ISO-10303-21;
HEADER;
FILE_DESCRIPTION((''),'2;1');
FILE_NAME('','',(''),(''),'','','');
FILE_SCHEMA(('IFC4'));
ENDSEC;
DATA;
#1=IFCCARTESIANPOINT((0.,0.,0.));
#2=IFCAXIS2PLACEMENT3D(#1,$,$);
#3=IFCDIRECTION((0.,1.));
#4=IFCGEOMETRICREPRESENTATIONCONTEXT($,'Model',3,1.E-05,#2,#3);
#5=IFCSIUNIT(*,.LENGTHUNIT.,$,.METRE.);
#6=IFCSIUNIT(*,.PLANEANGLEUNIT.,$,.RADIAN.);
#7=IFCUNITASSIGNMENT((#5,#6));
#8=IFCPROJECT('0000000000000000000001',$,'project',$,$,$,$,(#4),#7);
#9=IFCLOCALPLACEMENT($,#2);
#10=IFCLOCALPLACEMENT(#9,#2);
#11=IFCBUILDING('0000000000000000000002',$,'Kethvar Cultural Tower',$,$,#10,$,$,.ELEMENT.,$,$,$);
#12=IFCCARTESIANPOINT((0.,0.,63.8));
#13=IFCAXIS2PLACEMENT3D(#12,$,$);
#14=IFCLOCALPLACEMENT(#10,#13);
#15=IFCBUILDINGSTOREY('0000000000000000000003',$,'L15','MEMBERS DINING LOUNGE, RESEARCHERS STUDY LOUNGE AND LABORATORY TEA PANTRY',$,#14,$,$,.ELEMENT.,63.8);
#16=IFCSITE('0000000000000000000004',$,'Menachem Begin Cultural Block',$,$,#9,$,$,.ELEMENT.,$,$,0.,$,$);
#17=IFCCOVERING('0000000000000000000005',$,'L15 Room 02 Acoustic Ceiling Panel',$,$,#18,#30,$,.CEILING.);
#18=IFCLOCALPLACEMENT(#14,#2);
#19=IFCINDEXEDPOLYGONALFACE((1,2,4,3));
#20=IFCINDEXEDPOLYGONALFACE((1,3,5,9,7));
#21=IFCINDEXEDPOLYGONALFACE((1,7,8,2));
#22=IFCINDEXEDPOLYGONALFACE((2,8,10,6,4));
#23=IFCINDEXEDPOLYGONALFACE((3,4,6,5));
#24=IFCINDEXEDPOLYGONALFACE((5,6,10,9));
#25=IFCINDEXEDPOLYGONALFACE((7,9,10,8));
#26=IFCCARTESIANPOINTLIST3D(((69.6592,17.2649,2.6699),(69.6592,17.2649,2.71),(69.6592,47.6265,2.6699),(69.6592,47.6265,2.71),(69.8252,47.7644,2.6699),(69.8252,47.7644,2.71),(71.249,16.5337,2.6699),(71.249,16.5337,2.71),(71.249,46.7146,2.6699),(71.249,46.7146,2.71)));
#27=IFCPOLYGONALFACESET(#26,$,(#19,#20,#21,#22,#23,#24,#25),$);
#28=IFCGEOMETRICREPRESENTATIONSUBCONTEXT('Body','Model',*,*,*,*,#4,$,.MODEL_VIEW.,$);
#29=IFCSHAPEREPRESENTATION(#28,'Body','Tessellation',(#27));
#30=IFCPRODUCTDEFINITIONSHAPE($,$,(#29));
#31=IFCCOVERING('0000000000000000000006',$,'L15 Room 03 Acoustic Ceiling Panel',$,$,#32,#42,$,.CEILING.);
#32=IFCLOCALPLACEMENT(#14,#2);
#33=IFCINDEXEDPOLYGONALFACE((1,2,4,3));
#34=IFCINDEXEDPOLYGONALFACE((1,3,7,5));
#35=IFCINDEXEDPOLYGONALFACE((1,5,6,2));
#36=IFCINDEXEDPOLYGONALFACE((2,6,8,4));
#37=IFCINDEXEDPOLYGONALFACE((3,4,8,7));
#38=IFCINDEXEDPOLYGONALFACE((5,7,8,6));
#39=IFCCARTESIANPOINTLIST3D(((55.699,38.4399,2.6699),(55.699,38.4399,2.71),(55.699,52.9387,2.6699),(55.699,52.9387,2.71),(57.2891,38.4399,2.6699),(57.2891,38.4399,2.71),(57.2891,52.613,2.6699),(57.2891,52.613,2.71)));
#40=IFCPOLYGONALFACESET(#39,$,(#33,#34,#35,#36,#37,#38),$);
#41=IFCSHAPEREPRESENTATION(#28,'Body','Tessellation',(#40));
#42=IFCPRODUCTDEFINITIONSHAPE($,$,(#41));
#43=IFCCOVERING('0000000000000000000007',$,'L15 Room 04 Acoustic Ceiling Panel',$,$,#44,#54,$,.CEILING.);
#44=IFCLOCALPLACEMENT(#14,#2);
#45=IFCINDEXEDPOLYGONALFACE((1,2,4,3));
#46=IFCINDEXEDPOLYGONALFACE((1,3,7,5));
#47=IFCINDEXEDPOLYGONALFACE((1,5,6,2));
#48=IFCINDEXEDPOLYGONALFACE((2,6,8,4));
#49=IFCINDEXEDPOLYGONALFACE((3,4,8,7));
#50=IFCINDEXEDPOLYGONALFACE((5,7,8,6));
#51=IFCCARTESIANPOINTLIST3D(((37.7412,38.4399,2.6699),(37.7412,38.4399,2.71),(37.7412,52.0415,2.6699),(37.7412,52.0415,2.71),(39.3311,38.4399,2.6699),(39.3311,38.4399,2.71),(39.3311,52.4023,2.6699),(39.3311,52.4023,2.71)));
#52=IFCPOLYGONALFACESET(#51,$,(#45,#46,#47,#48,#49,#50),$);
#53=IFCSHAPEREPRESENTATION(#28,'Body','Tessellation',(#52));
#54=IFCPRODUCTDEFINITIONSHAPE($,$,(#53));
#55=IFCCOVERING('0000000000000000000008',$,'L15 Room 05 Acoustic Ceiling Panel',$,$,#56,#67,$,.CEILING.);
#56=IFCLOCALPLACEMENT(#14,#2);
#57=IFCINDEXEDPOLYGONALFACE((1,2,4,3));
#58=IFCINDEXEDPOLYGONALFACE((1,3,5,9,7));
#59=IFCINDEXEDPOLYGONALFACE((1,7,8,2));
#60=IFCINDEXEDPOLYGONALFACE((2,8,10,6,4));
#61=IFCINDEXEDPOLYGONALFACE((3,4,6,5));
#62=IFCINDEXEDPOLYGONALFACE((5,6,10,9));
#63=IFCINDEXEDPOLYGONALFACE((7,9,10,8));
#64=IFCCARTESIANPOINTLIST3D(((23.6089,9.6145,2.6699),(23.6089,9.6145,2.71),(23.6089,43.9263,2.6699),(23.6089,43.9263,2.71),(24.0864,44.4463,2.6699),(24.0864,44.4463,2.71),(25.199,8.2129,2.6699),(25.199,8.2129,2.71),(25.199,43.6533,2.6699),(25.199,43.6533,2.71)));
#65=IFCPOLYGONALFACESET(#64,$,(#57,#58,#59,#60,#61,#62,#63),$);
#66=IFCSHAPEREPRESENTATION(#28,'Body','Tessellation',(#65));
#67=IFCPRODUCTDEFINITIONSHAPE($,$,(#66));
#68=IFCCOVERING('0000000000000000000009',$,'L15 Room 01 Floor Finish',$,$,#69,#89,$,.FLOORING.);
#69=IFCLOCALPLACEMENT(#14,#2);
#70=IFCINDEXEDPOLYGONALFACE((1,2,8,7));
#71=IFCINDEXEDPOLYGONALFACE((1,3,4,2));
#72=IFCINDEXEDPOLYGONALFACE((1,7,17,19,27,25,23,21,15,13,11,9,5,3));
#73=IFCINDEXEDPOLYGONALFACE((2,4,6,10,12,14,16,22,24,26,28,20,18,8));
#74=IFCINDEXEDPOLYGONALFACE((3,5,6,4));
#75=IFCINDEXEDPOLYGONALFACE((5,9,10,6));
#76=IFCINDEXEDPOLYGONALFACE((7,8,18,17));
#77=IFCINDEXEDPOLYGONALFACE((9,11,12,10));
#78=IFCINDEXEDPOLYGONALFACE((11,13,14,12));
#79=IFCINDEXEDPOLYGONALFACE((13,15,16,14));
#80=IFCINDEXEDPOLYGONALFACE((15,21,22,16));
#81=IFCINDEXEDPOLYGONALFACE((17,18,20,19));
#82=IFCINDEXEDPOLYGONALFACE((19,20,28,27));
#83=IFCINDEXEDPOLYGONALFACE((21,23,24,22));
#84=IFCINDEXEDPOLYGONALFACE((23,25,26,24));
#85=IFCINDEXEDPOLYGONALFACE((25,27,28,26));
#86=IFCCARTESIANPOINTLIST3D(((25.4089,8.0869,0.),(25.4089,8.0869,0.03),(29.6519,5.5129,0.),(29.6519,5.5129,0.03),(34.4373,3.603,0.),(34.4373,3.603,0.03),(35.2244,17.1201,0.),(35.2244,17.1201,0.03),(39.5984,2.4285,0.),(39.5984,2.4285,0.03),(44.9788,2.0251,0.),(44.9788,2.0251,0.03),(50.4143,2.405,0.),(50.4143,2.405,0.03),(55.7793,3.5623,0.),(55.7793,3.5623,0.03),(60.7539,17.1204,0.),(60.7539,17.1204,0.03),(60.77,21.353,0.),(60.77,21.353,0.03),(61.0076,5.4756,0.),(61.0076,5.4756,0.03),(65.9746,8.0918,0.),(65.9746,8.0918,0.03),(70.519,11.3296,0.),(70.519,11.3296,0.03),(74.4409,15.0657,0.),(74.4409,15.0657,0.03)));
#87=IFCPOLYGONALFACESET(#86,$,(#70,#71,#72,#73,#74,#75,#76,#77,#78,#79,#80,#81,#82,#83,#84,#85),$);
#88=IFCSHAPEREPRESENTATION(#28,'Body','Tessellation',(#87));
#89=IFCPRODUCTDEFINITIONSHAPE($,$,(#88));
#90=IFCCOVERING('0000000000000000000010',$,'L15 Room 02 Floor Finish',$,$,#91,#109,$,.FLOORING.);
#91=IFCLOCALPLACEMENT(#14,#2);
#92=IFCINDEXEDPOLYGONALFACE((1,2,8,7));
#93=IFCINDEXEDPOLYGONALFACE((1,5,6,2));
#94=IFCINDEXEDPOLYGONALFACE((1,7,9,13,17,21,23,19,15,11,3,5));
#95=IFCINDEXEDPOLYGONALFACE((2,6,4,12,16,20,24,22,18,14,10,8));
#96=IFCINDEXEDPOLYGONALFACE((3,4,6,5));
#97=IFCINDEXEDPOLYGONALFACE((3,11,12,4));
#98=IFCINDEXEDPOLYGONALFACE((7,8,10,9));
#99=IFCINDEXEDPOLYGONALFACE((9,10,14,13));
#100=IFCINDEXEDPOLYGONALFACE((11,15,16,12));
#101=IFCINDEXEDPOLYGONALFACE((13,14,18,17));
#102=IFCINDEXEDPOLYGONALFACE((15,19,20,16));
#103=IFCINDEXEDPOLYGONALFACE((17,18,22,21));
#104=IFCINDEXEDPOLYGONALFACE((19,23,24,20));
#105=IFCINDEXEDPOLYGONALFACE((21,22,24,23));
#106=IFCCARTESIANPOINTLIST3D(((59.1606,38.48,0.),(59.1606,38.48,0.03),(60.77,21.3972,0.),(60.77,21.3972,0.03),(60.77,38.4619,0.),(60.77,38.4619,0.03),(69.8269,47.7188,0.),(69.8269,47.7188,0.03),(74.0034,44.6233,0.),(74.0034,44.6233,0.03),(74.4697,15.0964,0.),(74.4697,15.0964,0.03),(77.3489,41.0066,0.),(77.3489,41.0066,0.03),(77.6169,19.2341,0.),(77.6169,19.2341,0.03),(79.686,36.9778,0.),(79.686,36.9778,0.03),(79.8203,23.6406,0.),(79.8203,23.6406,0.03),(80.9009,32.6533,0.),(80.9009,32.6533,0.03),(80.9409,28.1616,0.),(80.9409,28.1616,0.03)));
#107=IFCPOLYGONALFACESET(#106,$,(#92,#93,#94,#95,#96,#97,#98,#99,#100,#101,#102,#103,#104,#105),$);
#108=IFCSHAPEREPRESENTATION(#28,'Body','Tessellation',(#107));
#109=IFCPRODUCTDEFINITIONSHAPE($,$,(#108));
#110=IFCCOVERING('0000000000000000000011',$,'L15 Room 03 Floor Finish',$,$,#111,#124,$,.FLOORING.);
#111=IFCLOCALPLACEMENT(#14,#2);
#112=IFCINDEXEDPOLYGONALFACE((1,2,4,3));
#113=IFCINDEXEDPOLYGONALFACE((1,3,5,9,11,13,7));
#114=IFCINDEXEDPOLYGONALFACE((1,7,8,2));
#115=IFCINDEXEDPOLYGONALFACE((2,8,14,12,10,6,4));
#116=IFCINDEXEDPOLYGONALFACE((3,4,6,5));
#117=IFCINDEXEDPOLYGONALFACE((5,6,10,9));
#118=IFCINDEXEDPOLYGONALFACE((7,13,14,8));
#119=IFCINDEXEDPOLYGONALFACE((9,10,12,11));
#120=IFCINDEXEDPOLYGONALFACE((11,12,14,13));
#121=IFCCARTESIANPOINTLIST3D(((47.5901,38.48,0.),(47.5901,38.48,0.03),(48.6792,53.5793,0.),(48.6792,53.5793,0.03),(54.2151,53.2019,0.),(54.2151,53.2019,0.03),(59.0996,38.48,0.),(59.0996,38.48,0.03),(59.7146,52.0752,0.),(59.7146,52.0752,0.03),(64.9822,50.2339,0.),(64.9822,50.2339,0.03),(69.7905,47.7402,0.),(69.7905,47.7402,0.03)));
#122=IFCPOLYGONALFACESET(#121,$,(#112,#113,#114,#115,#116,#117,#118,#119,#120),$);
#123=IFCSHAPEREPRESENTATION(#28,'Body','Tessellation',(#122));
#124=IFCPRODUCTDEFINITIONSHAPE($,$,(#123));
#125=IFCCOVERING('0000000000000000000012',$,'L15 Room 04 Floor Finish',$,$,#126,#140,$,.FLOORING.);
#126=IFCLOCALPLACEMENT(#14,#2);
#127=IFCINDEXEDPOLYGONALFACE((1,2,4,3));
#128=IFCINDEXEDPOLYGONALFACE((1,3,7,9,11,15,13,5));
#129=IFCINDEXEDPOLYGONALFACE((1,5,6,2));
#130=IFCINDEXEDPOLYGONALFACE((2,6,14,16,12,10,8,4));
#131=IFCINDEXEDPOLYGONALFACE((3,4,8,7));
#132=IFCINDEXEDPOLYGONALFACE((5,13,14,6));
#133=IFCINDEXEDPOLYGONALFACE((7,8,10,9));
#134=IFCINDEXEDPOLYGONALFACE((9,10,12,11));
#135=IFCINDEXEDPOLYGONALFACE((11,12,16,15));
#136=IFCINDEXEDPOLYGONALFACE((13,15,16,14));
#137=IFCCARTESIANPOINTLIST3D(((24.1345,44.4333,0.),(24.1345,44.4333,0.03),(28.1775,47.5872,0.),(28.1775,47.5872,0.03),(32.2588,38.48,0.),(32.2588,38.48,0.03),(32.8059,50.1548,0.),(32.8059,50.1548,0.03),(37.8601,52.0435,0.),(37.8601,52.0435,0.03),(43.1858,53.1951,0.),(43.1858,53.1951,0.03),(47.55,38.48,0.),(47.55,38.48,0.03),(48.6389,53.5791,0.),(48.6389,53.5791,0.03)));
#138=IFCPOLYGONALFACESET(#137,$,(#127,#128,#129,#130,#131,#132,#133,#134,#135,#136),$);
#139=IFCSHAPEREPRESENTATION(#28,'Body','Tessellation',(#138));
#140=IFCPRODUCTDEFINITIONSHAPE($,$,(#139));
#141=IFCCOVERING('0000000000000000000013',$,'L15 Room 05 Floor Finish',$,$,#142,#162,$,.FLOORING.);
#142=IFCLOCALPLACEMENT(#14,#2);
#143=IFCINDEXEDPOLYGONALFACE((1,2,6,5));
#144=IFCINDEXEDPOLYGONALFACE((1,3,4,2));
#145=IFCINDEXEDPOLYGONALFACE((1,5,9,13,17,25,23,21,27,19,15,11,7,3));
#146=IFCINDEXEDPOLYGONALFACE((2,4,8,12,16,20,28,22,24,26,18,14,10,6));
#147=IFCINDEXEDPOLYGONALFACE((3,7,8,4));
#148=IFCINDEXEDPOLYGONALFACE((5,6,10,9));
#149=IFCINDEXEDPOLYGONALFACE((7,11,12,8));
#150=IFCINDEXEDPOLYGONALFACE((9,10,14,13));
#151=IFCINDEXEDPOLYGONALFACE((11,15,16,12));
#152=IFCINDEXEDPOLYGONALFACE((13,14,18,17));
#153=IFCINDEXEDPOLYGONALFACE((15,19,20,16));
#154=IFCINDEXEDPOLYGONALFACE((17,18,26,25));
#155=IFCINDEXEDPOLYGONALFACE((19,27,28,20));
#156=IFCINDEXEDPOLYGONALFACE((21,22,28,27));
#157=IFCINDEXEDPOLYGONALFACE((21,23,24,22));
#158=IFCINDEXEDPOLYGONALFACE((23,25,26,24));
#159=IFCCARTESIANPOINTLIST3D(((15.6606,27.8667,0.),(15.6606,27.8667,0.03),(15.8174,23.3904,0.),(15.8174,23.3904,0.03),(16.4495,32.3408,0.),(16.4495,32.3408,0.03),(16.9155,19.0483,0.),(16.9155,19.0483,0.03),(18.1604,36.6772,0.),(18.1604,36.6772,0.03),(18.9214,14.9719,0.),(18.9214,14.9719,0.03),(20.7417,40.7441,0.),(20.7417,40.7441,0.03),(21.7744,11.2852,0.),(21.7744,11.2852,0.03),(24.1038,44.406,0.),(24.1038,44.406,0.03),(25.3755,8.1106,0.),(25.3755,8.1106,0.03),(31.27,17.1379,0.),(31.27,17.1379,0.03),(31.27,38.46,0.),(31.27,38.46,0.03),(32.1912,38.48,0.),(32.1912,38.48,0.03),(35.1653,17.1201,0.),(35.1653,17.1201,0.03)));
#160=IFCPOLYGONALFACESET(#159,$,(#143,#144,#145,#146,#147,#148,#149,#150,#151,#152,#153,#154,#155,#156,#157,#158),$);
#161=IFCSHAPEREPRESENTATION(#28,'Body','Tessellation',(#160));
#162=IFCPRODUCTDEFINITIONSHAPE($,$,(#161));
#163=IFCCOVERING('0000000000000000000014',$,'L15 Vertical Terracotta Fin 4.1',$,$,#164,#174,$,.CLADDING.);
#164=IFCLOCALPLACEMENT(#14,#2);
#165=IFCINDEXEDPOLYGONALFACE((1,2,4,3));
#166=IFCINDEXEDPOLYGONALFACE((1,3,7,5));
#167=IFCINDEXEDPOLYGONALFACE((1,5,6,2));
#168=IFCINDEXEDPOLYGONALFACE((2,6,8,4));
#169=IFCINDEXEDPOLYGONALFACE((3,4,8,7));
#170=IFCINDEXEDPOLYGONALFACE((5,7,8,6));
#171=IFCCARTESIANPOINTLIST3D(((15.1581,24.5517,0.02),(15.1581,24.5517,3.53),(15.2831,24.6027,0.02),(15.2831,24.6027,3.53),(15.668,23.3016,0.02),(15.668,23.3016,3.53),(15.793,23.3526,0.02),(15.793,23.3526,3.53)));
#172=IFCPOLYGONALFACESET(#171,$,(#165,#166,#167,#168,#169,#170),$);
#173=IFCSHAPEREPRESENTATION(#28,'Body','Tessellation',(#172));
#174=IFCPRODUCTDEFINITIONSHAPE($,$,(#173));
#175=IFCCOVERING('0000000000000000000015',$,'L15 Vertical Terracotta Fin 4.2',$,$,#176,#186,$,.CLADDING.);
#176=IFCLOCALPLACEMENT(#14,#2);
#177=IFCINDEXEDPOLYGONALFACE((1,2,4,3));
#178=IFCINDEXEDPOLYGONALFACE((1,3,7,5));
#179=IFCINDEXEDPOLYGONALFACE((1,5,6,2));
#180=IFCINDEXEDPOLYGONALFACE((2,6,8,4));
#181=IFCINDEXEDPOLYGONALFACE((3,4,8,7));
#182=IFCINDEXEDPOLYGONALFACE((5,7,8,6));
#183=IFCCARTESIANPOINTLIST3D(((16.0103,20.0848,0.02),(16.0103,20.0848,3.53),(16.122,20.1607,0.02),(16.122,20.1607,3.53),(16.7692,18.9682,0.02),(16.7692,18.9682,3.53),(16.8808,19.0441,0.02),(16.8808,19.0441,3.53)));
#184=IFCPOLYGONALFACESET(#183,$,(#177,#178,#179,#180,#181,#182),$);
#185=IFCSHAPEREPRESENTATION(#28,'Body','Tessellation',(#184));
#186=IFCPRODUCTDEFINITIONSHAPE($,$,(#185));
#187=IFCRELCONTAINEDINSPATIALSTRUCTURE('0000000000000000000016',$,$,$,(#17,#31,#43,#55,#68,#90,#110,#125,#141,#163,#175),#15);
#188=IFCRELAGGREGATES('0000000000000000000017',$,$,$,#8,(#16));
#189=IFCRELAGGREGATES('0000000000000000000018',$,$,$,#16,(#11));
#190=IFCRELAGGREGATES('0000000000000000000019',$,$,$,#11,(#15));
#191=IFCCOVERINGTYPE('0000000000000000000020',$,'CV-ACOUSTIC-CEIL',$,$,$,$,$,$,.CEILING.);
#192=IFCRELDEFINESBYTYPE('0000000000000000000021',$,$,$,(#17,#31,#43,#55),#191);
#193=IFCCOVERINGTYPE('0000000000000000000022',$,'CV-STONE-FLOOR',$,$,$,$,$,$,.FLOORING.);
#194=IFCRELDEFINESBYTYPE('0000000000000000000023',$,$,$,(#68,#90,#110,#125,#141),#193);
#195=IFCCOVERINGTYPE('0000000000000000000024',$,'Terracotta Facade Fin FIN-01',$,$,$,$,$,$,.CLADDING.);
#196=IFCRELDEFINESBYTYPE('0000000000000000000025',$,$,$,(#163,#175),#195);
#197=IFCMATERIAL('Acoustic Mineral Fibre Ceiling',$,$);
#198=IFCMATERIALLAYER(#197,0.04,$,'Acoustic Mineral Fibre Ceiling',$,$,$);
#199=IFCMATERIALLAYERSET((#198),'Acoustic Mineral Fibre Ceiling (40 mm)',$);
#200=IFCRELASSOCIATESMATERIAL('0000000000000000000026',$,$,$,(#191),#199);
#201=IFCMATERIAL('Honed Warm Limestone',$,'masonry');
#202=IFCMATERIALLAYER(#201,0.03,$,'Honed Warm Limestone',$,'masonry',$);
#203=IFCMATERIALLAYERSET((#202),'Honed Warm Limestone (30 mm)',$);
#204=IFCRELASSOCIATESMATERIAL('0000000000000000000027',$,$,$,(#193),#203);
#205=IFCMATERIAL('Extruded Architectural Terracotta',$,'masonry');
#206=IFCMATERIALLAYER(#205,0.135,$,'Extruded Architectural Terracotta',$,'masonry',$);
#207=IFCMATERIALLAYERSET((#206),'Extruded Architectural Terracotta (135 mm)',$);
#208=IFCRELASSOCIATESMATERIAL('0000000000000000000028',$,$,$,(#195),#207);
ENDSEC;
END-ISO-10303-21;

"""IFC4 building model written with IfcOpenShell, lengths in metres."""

from ifc_helpers import new_model, si_unit, direction, frame, origin, origin_2d, place, context, subcontext, project, spatial, polyline, rectangle, outline, extrude, source, transform, mapped, material, layer, layer_set, type_object, element, save


model = new_model("IFC4")

# Units and contexts
model_context = context("Model", 3, precision=1e-05, world=origin(), true_north=direction((0.0, 1.0)))
body_context = subcontext(model_context, "Body", "Model", "MODEL_VIEW")
ifc_project = project(units=[si_unit("LENGTHUNIT", "METRE"), si_unit("PLANEANGLEUNIT", "RADIAN")], contexts=[model_context])

# Site, building, storey
site_placement = place(None, origin())
site = spatial("IfcSite", under=ifc_project, at=site_placement, Name="Menachem Begin Cultural Block", CompositionType="ELEMENT", RefElevation=0.0)
building_placement = place(site_placement, origin())
building = spatial("IfcBuilding", under=site, at=building_placement, Name="Kethvar Cultural Tower", CompositionType="ELEMENT")
storey_placement = place(building_placement, frame((0.0, 0.0, 63.8)))
storey = spatial("IfcBuildingStorey", under=building, at=storey_placement, Name="L15", Description="MEMBERS DINING LOUNGE, RESEARCHERS STUDY LOUNGE AND LABORATORY TEA PANTRY", CompositionType="ELEMENT", Elevation=63.8)

# Coverings
ifc_material_1 = material(Name="Acoustic Mineral Fibre Ceiling")
ifc_layer_1 = layer(ifc_material_1, 0.04, Name="Acoustic Mineral Fibre Ceiling")
ifc_layer_set_1 = layer_set([ifc_layer_1], Name="Acoustic Mineral Fibre Ceiling (40 mm)")
covering_type_1 = type_object("IfcCoveringType", Name="CV-ACOUSTIC-CEIL", PredefinedType="CEILING", material=ifc_layer_set_1)
covering_1_placement = place(storey_placement, frame((0.0, 0.0, 2.6699)))
element("IfcCovering", 1, at=covering_1_placement, inside=storey, type_object=covering_type_1, Name="L15 Room 02 Acoustic Ceiling Panel", PredefinedType="CEILING", context=body_context, shape_type="SweptSolid", body=[
    extrude(outline(polyline([(69.6592, 17.2649), (69.6592, 47.6265), (69.8252, 47.7644), (71.249, 46.7146), (71.249, 16.5337), (69.6592, 17.2649)])), origin(), (0.0, 0.0, 1.0), 0.04),
])
covering_2_placement = place(storey_placement, frame((0.0, 0.0, 2.6699)))
element("IfcCovering", 2, at=covering_2_placement, inside=storey, type_object=covering_type_1, Name="L15 Room 03 Acoustic Ceiling Panel", PredefinedType="CEILING", context=body_context, shape_type="SweptSolid", body=[
    extrude(outline(polyline([(57.2891, 52.613), (57.2891, 38.4399), (55.699, 38.4399), (55.699, 52.9387), (57.2891, 52.613)])), origin(), (0.0, 0.0, 1.0), 0.04),
])
covering_3_placement = place(storey_placement, frame((0.0, 0.0, 2.6699)))
element("IfcCovering", 3, at=covering_3_placement, inside=storey, type_object=covering_type_1, Name="L15 Room 04 Acoustic Ceiling Panel", PredefinedType="CEILING", context=body_context, shape_type="SweptSolid", body=[
    extrude(outline(polyline([(37.7412, 52.0415), (39.3311, 52.4023), (39.3311, 38.4399), (37.7412, 38.4399), (37.7412, 52.0415)])), origin(), (0.0, 0.0, 1.0), 0.04),
])
covering_4_placement = place(storey_placement, frame((0.0, 0.0, 2.6699)))
element("IfcCovering", 4, at=covering_4_placement, inside=storey, type_object=covering_type_1, Name="L15 Room 05 Acoustic Ceiling Panel", PredefinedType="CEILING", context=body_context, shape_type="SweptSolid", body=[
    extrude(outline(polyline([(24.0864, 44.4463), (25.199, 43.6533), (25.199, 8.2129), (23.6089, 9.6145), (23.6089, 43.9263), (24.0864, 44.4463)])), origin(), (0.0, 0.0, 1.0), 0.04),
])
ifc_material_2 = material(Name="Honed Warm Limestone", Category="masonry")
ifc_layer_2 = layer(ifc_material_2, 0.03, Name="Honed Warm Limestone", Category="masonry")
ifc_layer_set_2 = layer_set([ifc_layer_2], Name="Honed Warm Limestone (30 mm)")
covering_type_2 = type_object("IfcCoveringType", Name="CV-STONE-FLOOR", PredefinedType="FLOORING", material=ifc_layer_set_2)
covering_5_placement = place(storey_placement, origin())
element("IfcCovering", 5, at=covering_5_placement, inside=storey, type_object=covering_type_2, Name="L15 Room 01 Floor Finish", PredefinedType="FLOORING", context=body_context, shape_type="SweptSolid", body=[
    extrude(outline(polyline([(74.4409, 15.0657), (70.519, 11.3296), (65.9746, 8.0918), (61.0076, 5.4756), (55.7793, 3.5623), (50.4143, 2.405), (44.9788, 2.0251), (39.5984, 2.4285), (34.4373, 3.603), (29.6519, 5.5129), (25.4089, 8.0869), (35.2244, 17.1201), (60.7539, 17.1204), (60.77, 21.353), (74.4409, 15.0657)])), origin(), (0.0, 0.0, 1.0), 0.03),
])
covering_6_placement = place(storey_placement, origin())
element("IfcCovering", 6, at=covering_6_placement, inside=storey, type_object=covering_type_2, Name="L15 Room 02 Floor Finish", PredefinedType="FLOORING", context=body_context, shape_type="SweptSolid", body=[
    extrude(outline(polyline([(79.8203, 23.6406), (77.6169, 19.2341), (74.4697, 15.0964), (60.77, 21.3972), (60.77, 38.4619), (59.1606, 38.48), (69.8269, 47.7188), (74.0034, 44.6233), (77.3489, 41.0066), (79.686, 36.9778), (80.9009, 32.6533), (80.9409, 28.1616), (79.8203, 23.6406)])), origin(), (0.0, 0.0, 1.0), 0.03),
])
covering_7_placement = place(storey_placement, origin())
element("IfcCovering", 7, at=covering_7_placement, inside=storey, type_object=covering_type_2, Name="L15 Room 03 Floor Finish", PredefinedType="FLOORING", context=body_context, shape_type="SweptSolid", body=[
    extrude(outline(polyline([(54.2151, 53.2019), (59.7146, 52.0752), (64.9822, 50.2339), (69.7905, 47.7402), (59.0996, 38.48), (47.5901, 38.48), (48.6792, 53.5793), (54.2151, 53.2019)])), origin(), (0.0, 0.0, 1.0), 0.03),
])
covering_8_placement = place(storey_placement, origin())
element("IfcCovering", 8, at=covering_8_placement, inside=storey, type_object=covering_type_2, Name="L15 Room 04 Floor Finish", PredefinedType="FLOORING", context=body_context, shape_type="SweptSolid", body=[
    extrude(outline(polyline([(28.1775, 47.5872), (32.8059, 50.1548), (37.8601, 52.0435), (43.1858, 53.1951), (48.6389, 53.5791), (47.55, 38.48), (32.2588, 38.48), (24.1345, 44.4333), (28.1775, 47.5872)])), origin(), (0.0, 0.0, 1.0), 0.03),
])
covering_9_placement = place(storey_placement, origin())
element("IfcCovering", 9, at=covering_9_placement, inside=storey, type_object=covering_type_2, Name="L15 Room 05 Floor Finish", PredefinedType="FLOORING", context=body_context, shape_type="SweptSolid", body=[
    extrude(outline(polyline([(21.7744, 11.2852), (18.9214, 14.9719), (16.9155, 19.0483), (15.8174, 23.3904), (15.6606, 27.8667), (16.4495, 32.3408), (18.1604, 36.6772), (20.7417, 40.7441), (24.1038, 44.406), (32.1912, 38.48), (31.27, 38.46), (31.27, 17.1379), (35.1653, 17.1201), (25.3755, 8.1106), (21.7744, 11.2852)])), origin(), (0.0, 0.0, 1.0), 0.03),
])
ifc_material_3 = material(Name="Extruded Architectural Terracotta", Category="masonry")
ifc_layer_3 = layer(ifc_material_3, 0.135, Name="Extruded Architectural Terracotta", Category="masonry")
ifc_layer_set_3 = layer_set([ifc_layer_3], Name="Extruded Architectural Terracotta (135 mm)")
covering_type_3 = type_object("IfcCoveringType", Name="Terracotta Facade Fin FIN-01", PredefinedType="CLADDING", material=ifc_layer_set_3)
shared_shape_1 = source(origin(), body_context, "Body", "SweptSolid", [
    extrude(rectangle(XDim=1.3501, YDim=0.135, at=origin_2d()), origin(), (0.0, 0.0, 1.0), 3.51),
])
for number, where, z_axis, x_axis, name in (
    (10, (15.4756, 23.9521, 0.02), (0.0, 0.0, 1.0), (-0.377679, 0.925937, 0.0), "L15 Vertical Terracotta Fin 4.1"),
    (11, (16.4456, 19.5645, 0.02), (0.0, 0.0, 1.0), (-0.562083, 0.827081, 0.0), "L15 Vertical Terracotta Fin 4.2"),
):
    element("IfcCovering", number, at=place(storey_placement, frame(where, z_axis=z_axis, x_axis=x_axis)), inside=storey, type_object=covering_type_3, Name=name, PredefinedType="CLADDING", context=body_context, shape_type="MappedRepresentation", body=[
        mapped(shared_shape_1, transform((0.0, 0.0, 0.0), scale=1.0)),
    ])

save(model, "model.ifc")
